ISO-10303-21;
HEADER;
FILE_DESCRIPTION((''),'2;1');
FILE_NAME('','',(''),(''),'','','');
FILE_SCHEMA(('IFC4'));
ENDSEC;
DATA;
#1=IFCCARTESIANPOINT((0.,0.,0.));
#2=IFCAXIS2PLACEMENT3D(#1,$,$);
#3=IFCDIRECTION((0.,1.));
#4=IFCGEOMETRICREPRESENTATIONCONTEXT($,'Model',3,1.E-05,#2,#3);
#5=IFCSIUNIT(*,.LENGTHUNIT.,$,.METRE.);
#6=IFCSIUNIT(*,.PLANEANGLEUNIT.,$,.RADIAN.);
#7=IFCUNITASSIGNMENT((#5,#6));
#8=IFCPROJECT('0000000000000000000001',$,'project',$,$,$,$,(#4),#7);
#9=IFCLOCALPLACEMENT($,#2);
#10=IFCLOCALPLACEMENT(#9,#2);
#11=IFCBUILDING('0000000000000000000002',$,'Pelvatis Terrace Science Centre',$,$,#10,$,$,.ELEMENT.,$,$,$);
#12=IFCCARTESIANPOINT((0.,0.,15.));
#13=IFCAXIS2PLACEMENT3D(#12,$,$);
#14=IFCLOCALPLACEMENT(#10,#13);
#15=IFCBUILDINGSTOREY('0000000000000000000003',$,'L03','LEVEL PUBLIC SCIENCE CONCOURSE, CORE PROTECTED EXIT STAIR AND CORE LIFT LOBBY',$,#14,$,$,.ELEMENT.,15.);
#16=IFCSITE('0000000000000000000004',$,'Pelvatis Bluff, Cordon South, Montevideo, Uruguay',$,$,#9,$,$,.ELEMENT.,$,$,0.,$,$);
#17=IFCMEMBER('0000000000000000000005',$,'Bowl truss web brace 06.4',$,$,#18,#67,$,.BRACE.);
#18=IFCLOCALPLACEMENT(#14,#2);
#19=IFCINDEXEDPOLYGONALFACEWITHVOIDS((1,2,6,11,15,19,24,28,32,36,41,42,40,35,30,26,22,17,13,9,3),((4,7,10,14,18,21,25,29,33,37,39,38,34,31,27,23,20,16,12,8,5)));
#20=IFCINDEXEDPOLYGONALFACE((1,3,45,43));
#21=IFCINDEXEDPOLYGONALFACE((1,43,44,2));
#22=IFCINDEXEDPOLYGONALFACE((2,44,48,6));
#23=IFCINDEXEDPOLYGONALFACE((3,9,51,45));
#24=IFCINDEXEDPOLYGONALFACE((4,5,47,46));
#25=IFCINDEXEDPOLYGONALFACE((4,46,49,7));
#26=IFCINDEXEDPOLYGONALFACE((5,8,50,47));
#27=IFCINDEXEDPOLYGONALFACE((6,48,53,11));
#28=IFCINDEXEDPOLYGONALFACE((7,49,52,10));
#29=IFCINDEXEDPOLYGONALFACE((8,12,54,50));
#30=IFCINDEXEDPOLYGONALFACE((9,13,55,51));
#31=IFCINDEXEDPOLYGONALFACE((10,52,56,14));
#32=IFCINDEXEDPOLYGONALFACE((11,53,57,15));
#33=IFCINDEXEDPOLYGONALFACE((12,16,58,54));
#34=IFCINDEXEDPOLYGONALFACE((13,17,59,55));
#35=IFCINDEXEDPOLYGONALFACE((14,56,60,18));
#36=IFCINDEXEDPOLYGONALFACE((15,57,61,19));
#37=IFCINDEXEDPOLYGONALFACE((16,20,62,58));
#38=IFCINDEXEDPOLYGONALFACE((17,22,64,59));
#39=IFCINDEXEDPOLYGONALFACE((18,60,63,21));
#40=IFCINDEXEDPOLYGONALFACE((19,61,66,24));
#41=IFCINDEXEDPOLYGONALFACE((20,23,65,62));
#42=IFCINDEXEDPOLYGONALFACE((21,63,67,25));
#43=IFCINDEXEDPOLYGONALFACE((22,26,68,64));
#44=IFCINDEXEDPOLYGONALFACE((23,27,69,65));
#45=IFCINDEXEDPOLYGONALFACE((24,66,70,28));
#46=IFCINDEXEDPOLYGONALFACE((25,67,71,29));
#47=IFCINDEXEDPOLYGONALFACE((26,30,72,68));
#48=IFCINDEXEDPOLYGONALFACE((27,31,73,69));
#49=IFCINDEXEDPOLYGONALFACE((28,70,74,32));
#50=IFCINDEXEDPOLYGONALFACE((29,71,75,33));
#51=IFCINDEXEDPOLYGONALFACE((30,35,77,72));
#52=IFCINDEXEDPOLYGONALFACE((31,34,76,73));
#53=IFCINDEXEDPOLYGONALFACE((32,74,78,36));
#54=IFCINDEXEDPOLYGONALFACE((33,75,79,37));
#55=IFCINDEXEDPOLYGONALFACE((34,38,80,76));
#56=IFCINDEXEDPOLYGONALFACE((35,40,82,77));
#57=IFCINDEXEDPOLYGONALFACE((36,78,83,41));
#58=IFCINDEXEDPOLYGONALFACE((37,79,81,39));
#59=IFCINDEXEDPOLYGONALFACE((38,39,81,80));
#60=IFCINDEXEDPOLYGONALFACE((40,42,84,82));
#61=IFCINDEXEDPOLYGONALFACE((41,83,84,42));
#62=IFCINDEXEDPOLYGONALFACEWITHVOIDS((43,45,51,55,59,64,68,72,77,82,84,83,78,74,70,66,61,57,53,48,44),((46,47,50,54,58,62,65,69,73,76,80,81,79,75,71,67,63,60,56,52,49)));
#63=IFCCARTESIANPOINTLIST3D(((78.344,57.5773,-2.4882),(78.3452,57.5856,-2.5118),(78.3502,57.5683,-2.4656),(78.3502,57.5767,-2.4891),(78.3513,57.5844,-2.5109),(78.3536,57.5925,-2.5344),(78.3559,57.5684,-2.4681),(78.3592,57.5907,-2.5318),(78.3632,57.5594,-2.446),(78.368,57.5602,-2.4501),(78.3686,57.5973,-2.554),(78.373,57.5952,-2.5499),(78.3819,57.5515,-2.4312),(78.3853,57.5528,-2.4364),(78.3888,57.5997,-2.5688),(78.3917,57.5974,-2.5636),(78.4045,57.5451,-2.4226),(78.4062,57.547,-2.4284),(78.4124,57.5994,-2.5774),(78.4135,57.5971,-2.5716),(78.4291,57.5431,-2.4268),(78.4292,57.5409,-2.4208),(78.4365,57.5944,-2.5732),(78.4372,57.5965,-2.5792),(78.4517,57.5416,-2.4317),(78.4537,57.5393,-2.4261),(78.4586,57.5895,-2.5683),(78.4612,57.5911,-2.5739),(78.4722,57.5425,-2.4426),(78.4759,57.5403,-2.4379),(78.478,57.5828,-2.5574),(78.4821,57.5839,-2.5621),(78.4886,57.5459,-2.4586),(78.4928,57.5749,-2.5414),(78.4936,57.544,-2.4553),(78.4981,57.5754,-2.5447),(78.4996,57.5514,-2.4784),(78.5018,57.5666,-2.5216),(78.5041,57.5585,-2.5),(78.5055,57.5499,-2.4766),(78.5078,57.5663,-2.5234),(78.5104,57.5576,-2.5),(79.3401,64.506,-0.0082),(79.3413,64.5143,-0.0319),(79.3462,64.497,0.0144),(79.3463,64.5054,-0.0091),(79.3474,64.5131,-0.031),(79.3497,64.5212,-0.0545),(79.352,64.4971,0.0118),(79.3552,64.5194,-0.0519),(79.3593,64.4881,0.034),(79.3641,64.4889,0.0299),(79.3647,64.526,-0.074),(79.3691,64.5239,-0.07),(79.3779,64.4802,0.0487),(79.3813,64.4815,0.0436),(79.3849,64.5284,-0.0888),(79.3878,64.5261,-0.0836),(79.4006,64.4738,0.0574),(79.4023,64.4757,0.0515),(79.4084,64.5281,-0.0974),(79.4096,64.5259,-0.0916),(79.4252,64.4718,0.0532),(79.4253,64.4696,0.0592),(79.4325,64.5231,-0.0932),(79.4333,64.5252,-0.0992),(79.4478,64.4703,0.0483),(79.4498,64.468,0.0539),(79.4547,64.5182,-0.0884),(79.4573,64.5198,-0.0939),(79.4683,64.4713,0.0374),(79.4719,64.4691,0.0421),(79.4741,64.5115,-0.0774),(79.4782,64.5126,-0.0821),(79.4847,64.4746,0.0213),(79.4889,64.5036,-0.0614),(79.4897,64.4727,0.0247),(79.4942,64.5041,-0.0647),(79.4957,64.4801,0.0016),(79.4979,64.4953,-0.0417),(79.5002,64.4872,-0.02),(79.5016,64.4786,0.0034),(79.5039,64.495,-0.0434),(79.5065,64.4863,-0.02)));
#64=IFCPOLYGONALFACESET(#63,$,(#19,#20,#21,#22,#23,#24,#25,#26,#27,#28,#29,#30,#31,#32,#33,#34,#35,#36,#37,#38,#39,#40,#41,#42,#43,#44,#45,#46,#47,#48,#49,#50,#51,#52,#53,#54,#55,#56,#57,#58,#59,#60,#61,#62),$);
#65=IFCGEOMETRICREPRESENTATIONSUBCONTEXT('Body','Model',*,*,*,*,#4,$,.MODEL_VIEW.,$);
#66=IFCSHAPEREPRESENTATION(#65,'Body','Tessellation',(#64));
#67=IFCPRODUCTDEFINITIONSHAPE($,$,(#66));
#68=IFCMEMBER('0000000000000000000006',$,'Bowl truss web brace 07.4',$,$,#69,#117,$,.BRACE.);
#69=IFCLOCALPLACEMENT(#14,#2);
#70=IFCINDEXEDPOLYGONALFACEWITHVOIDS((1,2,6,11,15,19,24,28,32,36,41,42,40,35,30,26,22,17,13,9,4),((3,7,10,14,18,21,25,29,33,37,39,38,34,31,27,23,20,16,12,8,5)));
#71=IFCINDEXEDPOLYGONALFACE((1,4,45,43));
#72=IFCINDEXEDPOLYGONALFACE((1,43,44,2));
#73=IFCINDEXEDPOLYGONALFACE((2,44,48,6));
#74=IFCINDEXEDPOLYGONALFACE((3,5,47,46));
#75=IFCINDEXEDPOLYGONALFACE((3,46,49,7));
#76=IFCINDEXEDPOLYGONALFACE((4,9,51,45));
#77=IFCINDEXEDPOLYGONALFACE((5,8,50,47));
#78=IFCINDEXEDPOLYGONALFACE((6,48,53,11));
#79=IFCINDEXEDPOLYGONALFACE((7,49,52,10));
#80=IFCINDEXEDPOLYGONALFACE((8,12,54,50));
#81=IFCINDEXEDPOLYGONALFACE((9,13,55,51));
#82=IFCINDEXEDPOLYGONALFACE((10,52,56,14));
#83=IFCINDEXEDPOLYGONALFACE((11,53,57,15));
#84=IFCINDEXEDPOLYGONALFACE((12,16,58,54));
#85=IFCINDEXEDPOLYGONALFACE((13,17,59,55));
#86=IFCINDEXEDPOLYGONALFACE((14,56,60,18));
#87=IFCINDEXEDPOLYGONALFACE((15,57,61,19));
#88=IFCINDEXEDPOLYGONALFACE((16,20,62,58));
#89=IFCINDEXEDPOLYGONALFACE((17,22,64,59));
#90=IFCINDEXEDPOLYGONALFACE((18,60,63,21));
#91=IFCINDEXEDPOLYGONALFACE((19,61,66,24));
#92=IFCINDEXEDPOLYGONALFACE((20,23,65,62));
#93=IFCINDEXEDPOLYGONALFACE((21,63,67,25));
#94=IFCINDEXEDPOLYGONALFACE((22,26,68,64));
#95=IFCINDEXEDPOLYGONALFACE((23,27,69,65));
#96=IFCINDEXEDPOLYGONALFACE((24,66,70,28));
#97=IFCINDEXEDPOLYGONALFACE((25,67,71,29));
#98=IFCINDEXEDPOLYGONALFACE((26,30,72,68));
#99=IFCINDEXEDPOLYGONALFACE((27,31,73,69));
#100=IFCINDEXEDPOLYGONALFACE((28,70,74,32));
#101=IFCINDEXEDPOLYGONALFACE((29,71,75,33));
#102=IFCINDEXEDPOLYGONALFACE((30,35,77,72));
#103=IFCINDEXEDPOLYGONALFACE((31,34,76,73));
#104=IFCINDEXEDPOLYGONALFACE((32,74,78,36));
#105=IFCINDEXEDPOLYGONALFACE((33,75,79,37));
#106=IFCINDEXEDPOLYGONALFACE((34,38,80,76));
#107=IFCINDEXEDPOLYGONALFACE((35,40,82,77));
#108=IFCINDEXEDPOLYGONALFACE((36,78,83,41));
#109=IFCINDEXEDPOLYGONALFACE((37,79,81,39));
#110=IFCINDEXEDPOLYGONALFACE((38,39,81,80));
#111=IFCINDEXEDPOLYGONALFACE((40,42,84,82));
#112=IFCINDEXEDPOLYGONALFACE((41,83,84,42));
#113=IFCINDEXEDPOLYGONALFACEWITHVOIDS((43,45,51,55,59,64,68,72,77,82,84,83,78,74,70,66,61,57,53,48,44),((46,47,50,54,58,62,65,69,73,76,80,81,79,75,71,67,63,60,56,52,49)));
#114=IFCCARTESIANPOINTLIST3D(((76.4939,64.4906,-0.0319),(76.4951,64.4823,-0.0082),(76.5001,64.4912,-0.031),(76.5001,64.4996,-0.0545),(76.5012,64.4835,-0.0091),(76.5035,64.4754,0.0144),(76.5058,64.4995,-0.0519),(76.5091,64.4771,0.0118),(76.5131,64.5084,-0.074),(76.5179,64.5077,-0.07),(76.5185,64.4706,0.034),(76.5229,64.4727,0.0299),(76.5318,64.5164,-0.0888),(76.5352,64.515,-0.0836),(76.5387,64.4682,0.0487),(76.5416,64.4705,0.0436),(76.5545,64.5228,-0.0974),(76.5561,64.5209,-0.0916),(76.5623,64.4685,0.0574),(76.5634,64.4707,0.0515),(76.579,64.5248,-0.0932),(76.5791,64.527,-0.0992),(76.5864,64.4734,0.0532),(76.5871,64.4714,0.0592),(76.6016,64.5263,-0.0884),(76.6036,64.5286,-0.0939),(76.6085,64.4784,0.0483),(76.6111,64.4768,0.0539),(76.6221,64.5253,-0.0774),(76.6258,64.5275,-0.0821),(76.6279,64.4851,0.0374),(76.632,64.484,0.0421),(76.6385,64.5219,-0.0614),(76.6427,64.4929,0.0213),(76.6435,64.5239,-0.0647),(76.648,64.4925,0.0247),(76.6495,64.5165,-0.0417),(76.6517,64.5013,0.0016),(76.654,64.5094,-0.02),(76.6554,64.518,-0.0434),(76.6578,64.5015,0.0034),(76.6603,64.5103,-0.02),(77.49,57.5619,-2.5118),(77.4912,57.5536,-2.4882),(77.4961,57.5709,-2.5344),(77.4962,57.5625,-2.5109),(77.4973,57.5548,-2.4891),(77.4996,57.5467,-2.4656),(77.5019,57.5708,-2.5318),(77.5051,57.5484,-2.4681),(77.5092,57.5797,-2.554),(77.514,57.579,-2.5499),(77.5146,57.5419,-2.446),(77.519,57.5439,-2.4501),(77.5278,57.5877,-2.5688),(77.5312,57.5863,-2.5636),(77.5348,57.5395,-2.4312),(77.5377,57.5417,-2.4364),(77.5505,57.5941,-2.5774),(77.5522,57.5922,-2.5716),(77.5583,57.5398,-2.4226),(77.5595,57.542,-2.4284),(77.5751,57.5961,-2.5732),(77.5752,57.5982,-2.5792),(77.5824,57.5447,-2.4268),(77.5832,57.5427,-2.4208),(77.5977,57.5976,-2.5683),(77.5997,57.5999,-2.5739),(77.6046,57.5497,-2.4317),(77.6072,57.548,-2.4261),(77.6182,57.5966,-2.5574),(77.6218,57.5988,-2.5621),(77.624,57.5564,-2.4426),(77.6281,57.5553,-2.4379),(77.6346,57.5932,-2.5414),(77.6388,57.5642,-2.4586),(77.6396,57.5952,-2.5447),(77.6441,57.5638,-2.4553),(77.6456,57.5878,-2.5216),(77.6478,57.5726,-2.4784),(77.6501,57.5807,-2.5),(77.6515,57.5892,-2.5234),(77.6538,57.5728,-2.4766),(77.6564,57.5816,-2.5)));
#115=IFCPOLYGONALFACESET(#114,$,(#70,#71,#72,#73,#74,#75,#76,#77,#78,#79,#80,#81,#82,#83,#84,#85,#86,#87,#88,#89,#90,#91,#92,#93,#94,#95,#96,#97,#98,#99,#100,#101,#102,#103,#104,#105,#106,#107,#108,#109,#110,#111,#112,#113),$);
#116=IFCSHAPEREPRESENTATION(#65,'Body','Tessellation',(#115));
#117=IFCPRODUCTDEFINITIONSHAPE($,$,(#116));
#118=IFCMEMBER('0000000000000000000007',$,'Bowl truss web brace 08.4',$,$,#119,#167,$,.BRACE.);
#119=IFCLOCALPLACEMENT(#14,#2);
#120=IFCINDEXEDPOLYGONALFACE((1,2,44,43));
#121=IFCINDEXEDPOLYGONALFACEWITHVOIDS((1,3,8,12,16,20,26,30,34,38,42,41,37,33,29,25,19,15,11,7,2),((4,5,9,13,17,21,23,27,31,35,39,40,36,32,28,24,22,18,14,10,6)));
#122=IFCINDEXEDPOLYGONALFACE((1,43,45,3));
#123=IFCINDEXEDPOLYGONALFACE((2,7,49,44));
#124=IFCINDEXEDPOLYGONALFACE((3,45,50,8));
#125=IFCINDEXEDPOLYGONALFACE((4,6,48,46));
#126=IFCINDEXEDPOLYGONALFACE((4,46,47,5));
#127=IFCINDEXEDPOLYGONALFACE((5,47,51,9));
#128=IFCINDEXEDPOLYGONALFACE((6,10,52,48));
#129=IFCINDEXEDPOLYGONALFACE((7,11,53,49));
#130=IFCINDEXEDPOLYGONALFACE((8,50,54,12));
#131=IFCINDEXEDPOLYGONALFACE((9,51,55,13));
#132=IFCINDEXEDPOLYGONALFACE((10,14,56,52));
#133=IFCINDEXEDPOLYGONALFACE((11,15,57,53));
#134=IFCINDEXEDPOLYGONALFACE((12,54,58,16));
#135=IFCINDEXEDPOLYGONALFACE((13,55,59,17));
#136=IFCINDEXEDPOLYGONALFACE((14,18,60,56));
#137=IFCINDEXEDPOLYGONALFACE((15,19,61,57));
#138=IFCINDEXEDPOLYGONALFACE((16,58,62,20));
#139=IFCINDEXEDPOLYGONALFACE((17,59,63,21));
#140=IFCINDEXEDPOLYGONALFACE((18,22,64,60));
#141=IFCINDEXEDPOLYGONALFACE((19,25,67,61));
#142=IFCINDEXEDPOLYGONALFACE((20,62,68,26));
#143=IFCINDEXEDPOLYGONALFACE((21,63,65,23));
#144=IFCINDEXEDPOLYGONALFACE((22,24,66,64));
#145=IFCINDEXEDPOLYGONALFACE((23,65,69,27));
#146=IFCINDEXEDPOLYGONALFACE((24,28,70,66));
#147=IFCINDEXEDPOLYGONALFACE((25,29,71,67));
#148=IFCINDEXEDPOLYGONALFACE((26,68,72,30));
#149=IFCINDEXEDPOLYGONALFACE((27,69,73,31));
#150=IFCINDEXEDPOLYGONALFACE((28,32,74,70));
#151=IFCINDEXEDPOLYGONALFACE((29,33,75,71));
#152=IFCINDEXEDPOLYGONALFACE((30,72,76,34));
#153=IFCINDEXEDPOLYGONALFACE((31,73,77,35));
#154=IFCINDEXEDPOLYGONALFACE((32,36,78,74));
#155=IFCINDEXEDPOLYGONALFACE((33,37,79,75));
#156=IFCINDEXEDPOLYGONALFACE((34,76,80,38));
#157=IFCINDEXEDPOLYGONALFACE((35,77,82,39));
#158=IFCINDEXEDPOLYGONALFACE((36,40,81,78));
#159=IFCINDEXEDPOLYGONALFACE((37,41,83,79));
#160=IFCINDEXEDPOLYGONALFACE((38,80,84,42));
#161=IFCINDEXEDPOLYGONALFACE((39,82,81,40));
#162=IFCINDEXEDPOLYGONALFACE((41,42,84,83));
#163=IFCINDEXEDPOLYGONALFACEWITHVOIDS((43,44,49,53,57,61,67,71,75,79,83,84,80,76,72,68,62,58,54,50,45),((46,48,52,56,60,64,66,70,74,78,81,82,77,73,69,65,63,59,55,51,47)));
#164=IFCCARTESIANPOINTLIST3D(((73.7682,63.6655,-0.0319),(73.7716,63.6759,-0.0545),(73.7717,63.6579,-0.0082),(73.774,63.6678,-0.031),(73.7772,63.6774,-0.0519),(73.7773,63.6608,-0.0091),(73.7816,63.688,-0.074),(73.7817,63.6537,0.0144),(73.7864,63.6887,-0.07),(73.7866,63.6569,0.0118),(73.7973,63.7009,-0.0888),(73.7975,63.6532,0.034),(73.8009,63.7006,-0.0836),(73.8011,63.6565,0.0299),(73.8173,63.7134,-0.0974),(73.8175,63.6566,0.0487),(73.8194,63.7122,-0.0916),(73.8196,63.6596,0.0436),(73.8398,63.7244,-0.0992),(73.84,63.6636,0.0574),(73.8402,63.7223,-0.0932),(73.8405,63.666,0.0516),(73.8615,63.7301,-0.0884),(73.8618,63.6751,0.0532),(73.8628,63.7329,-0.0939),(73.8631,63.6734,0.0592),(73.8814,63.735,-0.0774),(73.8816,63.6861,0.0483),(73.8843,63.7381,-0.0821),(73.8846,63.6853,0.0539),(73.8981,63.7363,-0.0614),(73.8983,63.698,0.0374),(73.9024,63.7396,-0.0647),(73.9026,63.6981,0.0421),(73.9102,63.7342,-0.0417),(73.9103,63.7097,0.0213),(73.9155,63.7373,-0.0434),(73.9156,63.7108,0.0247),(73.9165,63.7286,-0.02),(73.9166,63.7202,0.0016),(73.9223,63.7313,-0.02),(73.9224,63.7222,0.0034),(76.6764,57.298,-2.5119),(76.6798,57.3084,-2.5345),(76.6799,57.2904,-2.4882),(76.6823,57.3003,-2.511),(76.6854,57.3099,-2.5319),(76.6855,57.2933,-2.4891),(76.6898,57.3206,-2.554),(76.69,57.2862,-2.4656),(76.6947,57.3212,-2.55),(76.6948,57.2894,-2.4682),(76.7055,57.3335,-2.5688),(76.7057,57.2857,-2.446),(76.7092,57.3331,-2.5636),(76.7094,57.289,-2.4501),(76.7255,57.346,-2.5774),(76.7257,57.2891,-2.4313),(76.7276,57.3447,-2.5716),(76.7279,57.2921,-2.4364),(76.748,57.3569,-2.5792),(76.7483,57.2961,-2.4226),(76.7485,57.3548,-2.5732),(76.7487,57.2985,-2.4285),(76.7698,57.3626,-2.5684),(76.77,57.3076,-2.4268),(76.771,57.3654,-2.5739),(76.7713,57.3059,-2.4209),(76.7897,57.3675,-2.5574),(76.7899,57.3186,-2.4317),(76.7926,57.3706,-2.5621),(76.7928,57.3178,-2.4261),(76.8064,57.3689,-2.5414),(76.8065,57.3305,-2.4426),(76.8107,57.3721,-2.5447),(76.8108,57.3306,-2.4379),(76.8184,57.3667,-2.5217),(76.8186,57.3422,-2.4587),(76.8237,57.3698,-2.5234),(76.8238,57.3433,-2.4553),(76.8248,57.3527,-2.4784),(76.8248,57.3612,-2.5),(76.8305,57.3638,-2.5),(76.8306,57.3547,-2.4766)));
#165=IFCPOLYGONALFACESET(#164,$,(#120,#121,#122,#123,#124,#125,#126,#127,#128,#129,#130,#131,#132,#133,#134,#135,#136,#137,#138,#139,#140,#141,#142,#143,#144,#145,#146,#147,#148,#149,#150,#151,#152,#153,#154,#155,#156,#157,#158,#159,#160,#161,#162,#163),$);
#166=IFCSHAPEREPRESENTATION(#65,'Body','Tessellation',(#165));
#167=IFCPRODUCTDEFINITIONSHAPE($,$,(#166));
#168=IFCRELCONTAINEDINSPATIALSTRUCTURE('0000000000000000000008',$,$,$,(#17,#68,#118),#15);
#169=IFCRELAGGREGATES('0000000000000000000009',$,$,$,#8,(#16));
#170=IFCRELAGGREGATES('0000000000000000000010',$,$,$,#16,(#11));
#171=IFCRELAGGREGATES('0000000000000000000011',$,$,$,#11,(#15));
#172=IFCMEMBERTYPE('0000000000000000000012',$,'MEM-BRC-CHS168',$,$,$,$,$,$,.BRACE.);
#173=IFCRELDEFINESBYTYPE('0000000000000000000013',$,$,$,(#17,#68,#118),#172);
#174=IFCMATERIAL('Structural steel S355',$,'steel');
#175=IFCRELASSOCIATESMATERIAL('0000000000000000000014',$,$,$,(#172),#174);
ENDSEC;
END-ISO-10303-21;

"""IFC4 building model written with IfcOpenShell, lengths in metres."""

from ifc_helpers import new_model, si_unit, direction, frame, origin, origin_2d, place, context, subcontext, project, spatial, hollow_circle, extrude, material, material_profile, profile_set, type_object, element, save


model = new_model("IFC4")

# Units and contexts
model_context = context("Model", 3, precision=1e-05, world=origin(), true_north=direction((0.0, 1.0)))
body_context = subcontext(model_context, "Body", "Model", "MODEL_VIEW")
ifc_project = project(units=[si_unit("LENGTHUNIT", "METRE"), si_unit("PLANEANGLEUNIT", "RADIAN")], contexts=[model_context])

# Site, building, storey
site_placement = place(None, origin())
site = spatial("IfcSite", under=ifc_project, at=site_placement, Name="Pelvatis Bluff, Cordon South, Montevideo, Uruguay", CompositionType="ELEMENT", RefElevation=0.0)
building_placement = place(site_placement, origin())
building = spatial("IfcBuilding", under=site, at=building_placement, Name="Pelvatis Terrace Science Centre", CompositionType="ELEMENT")
storey_placement = place(building_placement, frame((0.0, 0.0, 15.0)))
storey = spatial("IfcBuildingStorey", under=building, at=storey_placement, Name="L03", Description="LEVEL PUBLIC SCIENCE CONCOURSE, CORE PROTECTED EXIT STAIR AND CORE LIFT LOBBY", CompositionType="ELEMENT", Elevation=15.0)

# Members
ifc_material_1 = material(Name="Structural steel S355", Category="steel")
ifc_material_profile_1 = material_profile(ifc_material_1, hollow_circle(Radius=0.0842, WallThickness=0.0063, at=origin_2d()), Name="CHS 168.3x6.3")
ifc_profile_set_1 = profile_set([ifc_material_profile_1], Name="Structural steel S355")
member_type_1 = type_object("IfcMemberType", Name="MEM-BRC-CHS168", PredefinedType="BRACE", material=ifc_profile_set_1)
for number, where, z_axis, x_axis, name in (
    (1, (79.4231, 64.4983, -0.02), (-0.134131, -0.933, -0.333947), (0.989824, -0.1423, 0.0), "Bowl truss web brace 06.4"),
    (2, (76.5769, 64.4983, -0.02), (0.134131, -0.933, -0.333947), (0.989824, 0.1423, 0.0), "Bowl truss web brace 07.4"),
):
    element("IfcMember", number, at=place(storey_placement, frame(where, z_axis=z_axis, x_axis=x_axis)), inside=storey, type_object=member_type_1, Name=name, PredefinedType="BRACE", context=body_context, shape_type="SweptSolid", body=[
        extrude(hollow_circle(Radius=0.0842, WallThickness=0.0063, at=origin_2d()), origin(), (0.0, 0.0, 1.0), 7.4263),
    ])
member_1_placement = place(storey_placement, frame((73.8457, 63.6963, -0.02), z_axis=(0.391601, -0.857399, -0.333939), x_axis=(0.909616, 0.41545, 0.0)))
element("IfcMember", 3, at=member_1_placement, inside=storey, type_object=member_type_1, Name="Bowl truss web brace 08.4", PredefinedType="BRACE", context=body_context, shape_type="SweptSolid", body=[
    extrude(hollow_circle(Radius=0.0842, WallThickness=0.0063, at=origin_2d()), origin(), (0.0, 0.0, 1.0), 7.4265),
])

save(model, "model.ifc")
